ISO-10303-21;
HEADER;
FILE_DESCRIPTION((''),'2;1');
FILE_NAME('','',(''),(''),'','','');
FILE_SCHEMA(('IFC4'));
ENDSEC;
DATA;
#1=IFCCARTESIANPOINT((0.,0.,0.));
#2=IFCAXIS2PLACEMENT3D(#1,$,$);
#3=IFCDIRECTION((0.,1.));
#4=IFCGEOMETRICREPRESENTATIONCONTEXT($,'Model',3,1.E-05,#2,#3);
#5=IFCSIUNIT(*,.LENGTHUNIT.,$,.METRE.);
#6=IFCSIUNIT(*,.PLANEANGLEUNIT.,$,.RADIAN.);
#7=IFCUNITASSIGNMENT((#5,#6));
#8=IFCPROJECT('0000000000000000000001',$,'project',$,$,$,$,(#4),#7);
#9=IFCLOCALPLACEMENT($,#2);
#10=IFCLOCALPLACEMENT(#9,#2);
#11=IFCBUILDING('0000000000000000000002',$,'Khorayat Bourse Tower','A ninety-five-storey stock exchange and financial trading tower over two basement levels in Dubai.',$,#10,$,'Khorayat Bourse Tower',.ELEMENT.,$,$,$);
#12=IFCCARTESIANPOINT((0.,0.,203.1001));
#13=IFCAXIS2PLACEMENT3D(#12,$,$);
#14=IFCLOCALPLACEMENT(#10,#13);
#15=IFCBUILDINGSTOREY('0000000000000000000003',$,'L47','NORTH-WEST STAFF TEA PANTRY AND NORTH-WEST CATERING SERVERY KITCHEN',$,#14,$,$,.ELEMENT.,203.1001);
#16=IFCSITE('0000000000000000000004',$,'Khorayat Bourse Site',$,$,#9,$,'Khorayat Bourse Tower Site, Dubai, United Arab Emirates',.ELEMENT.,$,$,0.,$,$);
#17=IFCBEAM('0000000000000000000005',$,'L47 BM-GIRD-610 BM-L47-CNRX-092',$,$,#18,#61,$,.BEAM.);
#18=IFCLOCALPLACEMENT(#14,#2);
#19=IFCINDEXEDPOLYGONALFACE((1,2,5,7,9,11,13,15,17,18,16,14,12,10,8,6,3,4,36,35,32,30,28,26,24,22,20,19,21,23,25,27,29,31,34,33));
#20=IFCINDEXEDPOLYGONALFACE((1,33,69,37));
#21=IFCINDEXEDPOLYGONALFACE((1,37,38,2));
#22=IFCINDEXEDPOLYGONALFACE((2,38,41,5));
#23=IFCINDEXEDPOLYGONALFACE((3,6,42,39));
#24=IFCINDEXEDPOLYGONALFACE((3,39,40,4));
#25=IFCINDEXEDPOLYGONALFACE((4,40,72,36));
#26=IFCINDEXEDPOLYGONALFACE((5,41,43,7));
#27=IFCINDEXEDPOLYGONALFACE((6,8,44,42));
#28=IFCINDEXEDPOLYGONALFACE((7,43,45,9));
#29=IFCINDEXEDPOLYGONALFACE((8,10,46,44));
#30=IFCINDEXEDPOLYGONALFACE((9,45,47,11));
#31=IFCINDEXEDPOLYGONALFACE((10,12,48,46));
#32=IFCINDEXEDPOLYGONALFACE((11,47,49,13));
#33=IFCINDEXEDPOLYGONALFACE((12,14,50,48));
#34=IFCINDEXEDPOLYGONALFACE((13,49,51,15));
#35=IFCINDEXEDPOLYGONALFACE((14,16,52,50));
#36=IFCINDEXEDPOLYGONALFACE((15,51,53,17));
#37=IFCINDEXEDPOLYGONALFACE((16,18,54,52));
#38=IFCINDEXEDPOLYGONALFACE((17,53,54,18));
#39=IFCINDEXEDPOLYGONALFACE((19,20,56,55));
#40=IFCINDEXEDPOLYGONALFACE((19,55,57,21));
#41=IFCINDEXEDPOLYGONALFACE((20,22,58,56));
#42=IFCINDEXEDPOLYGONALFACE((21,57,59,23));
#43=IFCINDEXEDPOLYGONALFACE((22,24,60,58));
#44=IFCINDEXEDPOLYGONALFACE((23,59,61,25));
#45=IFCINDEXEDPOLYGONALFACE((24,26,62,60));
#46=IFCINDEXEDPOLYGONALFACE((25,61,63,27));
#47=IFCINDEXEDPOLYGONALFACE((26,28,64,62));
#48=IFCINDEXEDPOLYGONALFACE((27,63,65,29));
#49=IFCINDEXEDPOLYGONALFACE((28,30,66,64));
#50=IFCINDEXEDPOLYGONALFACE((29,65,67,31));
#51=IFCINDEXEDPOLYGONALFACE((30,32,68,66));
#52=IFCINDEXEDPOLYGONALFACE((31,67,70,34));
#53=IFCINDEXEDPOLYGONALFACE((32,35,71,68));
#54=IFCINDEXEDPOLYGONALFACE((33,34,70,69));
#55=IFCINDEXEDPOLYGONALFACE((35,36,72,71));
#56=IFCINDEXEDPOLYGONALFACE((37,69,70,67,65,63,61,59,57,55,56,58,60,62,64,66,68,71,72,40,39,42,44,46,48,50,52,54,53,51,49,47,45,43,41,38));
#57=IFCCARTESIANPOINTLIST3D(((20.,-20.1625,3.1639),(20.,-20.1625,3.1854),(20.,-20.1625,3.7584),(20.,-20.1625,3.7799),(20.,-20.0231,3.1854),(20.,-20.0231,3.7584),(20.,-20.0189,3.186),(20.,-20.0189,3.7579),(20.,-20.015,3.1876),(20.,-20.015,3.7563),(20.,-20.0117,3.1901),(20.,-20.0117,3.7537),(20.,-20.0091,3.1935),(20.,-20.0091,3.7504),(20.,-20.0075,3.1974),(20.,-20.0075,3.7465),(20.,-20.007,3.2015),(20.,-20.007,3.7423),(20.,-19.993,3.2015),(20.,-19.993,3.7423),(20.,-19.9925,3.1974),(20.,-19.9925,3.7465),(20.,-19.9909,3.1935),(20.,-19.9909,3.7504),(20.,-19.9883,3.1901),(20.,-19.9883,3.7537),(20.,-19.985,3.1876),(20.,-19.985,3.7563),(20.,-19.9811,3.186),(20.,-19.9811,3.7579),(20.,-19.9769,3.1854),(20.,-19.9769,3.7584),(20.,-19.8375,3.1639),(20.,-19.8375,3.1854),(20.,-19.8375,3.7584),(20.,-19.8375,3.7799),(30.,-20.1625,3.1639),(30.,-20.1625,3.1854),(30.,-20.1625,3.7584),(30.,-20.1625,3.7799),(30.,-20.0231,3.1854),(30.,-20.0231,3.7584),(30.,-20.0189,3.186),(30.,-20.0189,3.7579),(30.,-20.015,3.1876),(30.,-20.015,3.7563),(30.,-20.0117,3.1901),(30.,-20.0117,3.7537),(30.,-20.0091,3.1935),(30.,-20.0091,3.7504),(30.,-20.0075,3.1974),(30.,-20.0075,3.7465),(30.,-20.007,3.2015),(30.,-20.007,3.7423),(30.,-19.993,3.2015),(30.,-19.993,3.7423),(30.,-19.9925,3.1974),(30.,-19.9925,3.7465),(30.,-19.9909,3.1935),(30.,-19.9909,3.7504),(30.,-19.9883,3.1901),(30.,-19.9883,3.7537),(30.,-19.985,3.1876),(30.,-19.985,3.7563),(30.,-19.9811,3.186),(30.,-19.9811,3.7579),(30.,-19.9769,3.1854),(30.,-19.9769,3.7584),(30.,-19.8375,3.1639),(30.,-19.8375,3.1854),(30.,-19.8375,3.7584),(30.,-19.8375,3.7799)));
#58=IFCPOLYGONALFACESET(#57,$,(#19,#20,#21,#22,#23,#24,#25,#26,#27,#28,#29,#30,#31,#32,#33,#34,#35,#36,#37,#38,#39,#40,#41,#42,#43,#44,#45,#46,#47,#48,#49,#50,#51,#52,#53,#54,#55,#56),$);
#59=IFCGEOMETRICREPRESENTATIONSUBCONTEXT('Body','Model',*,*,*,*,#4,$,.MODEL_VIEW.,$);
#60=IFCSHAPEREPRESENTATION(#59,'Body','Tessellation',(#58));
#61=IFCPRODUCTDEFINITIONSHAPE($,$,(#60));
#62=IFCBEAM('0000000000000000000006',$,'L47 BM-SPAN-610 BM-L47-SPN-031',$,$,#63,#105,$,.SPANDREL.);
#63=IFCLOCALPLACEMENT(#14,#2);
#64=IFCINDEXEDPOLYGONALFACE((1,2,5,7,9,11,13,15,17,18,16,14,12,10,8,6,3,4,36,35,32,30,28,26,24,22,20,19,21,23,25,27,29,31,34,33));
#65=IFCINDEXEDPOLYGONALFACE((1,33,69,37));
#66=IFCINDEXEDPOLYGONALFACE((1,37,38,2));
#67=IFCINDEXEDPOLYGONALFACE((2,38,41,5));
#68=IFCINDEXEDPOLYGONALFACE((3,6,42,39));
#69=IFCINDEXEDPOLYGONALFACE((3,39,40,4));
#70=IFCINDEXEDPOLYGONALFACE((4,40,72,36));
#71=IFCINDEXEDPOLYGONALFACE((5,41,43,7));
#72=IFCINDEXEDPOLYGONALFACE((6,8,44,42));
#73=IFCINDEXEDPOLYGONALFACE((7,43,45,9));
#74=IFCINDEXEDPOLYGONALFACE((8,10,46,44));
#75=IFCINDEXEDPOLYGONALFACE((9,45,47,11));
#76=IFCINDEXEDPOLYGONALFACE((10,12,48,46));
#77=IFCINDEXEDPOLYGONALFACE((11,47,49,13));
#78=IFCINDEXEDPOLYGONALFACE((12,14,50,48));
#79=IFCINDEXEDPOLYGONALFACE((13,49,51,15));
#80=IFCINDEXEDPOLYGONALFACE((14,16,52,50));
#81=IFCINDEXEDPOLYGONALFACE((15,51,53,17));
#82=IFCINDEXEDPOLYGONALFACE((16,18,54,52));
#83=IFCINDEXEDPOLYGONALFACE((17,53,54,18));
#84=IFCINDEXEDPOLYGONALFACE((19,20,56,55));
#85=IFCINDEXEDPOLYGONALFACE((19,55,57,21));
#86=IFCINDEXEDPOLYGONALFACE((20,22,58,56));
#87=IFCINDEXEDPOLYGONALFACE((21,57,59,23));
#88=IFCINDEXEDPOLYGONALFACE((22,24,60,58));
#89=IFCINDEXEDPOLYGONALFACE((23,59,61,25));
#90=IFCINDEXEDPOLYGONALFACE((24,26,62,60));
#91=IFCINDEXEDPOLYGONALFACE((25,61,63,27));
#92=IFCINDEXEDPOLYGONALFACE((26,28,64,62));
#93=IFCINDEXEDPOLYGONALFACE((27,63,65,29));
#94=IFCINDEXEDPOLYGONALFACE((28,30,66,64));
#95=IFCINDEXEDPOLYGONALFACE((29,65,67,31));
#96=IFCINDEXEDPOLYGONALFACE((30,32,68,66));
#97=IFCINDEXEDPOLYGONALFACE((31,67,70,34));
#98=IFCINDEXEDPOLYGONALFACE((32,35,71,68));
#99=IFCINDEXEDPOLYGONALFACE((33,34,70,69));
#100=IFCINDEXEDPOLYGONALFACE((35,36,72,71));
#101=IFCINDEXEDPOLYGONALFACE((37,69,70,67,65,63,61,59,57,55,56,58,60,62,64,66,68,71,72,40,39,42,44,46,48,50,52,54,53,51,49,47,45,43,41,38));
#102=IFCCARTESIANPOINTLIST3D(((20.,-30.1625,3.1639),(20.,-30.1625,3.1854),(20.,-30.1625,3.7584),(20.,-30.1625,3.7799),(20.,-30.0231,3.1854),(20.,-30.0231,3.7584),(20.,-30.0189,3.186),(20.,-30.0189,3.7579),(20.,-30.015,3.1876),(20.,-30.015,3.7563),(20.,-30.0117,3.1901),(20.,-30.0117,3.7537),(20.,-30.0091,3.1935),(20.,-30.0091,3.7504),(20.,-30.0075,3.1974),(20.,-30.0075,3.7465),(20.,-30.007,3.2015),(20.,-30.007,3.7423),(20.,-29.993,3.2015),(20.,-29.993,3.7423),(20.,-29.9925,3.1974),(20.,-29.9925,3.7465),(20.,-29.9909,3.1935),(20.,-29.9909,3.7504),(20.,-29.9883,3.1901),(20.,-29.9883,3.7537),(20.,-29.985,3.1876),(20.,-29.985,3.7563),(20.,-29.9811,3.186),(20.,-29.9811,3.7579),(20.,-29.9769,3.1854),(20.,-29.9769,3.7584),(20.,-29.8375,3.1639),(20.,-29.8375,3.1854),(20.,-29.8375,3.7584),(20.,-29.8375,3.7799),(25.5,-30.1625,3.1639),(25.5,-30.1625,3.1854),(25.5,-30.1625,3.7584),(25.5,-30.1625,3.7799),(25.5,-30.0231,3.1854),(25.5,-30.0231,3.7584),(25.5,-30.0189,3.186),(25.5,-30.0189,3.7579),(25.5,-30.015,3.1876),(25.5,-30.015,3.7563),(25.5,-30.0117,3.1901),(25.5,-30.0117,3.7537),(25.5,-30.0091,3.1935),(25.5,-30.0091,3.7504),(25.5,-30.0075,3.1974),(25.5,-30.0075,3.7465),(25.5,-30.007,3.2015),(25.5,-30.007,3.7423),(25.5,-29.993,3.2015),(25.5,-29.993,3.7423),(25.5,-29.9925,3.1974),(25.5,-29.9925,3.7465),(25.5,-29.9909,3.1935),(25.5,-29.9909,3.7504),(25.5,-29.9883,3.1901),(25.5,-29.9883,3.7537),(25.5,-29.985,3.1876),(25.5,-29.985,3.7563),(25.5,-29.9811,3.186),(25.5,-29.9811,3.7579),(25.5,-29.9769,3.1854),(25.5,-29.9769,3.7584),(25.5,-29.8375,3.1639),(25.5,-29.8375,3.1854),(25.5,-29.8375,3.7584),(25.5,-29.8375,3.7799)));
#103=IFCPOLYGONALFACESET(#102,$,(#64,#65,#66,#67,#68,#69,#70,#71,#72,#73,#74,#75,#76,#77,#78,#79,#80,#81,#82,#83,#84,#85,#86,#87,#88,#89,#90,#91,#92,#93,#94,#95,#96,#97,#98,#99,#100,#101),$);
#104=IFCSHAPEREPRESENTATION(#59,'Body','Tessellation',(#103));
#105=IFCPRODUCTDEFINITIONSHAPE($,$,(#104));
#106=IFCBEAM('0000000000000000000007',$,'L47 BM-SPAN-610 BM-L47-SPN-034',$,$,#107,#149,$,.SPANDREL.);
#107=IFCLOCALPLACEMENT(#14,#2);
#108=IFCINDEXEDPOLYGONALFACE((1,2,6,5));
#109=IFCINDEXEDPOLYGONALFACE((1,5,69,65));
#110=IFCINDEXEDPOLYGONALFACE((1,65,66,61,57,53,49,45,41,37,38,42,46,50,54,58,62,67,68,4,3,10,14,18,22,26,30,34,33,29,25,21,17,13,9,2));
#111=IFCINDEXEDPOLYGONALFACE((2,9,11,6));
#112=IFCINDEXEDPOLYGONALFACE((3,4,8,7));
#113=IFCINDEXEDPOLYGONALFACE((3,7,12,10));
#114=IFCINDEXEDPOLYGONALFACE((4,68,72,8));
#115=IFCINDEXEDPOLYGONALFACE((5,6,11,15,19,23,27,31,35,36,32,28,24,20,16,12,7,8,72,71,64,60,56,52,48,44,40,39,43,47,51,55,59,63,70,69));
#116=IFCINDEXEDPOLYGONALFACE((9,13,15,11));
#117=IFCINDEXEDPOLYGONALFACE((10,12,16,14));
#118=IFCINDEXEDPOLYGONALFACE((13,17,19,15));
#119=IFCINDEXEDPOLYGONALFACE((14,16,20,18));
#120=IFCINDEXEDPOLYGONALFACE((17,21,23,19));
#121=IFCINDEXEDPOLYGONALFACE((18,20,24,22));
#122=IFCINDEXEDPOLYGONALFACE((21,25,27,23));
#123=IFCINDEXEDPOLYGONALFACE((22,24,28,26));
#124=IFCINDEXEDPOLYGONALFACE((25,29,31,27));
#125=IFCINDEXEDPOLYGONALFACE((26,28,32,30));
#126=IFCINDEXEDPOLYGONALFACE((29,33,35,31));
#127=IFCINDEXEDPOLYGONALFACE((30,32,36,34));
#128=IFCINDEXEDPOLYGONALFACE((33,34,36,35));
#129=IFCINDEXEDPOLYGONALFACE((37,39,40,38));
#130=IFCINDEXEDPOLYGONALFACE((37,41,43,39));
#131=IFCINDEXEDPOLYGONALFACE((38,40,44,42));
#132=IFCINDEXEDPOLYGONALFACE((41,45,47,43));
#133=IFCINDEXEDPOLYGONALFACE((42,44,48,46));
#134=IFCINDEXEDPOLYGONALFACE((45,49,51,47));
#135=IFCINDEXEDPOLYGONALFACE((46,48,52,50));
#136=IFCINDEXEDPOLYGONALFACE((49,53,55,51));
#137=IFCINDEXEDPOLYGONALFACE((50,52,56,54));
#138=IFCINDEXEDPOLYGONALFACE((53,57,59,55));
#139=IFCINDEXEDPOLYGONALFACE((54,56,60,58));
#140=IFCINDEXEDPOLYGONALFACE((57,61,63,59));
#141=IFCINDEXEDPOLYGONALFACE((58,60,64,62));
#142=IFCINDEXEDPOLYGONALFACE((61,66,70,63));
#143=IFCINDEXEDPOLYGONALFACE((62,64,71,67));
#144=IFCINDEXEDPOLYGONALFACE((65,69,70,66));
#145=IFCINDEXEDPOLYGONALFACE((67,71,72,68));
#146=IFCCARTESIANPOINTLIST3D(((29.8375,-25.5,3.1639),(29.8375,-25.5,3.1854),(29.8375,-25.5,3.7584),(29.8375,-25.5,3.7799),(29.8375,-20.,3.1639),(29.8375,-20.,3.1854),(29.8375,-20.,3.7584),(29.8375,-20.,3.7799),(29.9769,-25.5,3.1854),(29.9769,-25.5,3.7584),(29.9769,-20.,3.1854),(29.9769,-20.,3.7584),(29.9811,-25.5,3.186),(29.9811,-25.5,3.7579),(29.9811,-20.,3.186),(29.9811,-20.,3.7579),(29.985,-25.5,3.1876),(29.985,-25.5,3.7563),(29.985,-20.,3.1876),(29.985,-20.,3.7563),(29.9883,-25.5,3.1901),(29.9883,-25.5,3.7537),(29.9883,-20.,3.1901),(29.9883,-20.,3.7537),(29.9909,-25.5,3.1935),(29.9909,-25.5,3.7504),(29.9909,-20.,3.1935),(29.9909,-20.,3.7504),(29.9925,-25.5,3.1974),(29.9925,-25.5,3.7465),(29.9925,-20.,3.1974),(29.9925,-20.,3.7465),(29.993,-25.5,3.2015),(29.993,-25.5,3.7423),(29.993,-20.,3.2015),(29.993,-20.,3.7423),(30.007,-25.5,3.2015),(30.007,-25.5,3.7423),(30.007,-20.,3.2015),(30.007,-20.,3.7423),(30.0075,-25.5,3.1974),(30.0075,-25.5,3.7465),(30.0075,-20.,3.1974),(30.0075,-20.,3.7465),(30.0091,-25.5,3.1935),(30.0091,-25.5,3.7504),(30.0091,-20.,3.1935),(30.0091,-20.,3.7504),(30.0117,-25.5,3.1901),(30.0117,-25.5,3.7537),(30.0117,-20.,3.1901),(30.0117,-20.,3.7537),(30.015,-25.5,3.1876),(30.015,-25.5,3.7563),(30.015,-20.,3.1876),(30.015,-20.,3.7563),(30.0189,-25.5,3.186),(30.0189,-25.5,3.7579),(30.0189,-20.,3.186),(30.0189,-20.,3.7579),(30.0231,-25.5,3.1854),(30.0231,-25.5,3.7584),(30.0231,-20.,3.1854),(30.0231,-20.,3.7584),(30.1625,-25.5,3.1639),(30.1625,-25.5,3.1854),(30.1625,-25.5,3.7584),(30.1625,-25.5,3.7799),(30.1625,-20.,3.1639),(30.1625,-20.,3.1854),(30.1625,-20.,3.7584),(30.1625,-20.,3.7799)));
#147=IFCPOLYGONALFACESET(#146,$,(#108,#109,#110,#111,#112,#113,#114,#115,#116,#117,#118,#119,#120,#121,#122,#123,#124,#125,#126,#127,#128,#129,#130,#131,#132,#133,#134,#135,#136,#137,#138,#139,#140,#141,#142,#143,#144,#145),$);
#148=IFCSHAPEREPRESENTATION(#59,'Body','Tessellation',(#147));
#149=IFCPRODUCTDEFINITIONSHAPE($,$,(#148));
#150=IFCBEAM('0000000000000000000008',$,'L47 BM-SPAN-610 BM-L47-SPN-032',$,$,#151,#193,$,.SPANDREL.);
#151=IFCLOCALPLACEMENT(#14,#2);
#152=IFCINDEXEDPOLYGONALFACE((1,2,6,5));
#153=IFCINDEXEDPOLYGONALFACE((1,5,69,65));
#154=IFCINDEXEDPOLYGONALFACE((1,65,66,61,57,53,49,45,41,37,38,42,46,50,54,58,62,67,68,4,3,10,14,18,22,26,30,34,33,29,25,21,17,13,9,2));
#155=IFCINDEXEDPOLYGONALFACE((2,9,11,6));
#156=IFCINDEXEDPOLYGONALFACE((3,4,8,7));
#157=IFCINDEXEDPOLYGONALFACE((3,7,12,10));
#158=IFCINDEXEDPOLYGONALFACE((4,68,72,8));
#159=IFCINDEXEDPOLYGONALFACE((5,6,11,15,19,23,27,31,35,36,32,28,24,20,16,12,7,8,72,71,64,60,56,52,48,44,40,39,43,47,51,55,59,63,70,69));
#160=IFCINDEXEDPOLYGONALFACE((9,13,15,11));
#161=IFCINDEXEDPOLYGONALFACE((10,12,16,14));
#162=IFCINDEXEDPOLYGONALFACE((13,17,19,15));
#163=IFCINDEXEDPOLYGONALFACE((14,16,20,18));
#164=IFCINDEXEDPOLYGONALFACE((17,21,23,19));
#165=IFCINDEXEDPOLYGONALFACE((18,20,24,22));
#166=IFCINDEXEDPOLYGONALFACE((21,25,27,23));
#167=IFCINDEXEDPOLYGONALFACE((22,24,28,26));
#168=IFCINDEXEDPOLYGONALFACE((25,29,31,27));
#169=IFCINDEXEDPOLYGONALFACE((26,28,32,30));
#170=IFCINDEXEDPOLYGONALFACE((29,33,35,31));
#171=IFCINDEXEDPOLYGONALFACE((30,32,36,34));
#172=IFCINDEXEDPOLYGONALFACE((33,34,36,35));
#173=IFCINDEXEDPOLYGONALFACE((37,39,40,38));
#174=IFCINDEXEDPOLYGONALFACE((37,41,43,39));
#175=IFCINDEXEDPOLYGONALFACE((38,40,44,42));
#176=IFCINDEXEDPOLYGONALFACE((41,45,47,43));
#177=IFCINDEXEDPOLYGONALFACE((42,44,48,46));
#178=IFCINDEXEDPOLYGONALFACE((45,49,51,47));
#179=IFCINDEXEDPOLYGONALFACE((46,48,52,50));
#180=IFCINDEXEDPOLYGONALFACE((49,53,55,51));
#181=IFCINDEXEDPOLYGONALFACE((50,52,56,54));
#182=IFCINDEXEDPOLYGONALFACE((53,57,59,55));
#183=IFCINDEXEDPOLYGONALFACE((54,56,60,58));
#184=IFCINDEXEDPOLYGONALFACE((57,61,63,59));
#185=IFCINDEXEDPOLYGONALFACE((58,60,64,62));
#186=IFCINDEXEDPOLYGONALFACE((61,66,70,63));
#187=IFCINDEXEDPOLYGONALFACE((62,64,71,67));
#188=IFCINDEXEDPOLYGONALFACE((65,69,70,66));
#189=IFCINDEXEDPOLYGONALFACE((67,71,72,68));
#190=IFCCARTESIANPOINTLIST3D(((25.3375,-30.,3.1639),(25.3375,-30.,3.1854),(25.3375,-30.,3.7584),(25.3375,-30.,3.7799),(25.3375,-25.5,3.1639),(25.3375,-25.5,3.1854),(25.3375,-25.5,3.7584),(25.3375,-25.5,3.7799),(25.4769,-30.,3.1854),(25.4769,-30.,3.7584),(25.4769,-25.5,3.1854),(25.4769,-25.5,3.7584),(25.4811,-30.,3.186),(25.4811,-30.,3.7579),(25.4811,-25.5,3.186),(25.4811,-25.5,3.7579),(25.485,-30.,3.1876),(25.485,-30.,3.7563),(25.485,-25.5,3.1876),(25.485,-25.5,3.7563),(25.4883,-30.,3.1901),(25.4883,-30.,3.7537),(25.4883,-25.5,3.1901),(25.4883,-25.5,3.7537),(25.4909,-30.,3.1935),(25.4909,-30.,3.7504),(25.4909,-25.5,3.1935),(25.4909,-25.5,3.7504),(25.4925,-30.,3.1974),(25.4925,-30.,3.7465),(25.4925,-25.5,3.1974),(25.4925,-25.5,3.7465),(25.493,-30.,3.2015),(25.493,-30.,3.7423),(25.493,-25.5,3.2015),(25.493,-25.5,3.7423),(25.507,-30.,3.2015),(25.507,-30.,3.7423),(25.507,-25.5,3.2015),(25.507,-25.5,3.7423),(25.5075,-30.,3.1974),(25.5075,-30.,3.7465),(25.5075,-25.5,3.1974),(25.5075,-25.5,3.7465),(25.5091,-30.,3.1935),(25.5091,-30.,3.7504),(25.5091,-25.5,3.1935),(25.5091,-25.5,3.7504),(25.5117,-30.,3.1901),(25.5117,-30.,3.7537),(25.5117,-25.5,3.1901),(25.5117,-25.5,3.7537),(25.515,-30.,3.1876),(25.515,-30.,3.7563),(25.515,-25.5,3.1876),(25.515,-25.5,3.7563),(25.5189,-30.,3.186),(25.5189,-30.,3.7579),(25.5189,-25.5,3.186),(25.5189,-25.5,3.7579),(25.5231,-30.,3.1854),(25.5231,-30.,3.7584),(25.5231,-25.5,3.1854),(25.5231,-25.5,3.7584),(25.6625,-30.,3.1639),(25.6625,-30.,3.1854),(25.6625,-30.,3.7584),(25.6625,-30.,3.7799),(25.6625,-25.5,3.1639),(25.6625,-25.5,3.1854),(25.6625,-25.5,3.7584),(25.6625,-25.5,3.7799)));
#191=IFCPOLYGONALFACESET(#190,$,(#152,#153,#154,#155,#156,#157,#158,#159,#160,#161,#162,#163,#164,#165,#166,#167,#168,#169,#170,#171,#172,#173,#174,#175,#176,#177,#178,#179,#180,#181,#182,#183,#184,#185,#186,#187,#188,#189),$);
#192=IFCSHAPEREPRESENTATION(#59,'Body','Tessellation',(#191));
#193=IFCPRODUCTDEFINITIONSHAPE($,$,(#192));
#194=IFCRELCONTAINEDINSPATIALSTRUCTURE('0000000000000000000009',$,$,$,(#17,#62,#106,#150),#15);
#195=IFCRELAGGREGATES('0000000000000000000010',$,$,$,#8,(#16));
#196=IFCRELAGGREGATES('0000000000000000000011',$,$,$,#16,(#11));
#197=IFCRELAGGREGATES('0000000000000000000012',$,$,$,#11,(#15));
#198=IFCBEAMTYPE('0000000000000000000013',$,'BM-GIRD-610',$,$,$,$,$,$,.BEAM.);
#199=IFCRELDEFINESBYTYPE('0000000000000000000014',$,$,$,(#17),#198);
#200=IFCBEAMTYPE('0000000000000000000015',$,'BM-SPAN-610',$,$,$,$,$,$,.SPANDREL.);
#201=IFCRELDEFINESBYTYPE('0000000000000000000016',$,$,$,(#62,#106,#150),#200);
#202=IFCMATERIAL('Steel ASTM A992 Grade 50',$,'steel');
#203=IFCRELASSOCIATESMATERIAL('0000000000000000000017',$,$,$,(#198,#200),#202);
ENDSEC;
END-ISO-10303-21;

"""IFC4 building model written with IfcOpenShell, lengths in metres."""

from ifc_helpers import new_model, si_unit, direction, frame, origin, origin_2d, place, context, subcontext, project, spatial, i_section, extrude, source, transform, mapped, material, material_profile, profile_set, type_object, element, save


model = new_model("IFC4")

# Units and contexts
model_context = context("Model", 3, precision=1e-05, world=origin(), true_north=direction((0.0, 1.0)))
body_context = subcontext(model_context, "Body", "Model", "MODEL_VIEW")
ifc_project = project(units=[si_unit("LENGTHUNIT", "METRE"), si_unit("PLANEANGLEUNIT", "RADIAN")], contexts=[model_context])

# Site, building, storey
site_placement = place(None, origin())
site = spatial("IfcSite", under=ifc_project, at=site_placement, Name="Khorayat Bourse Site", LongName="Khorayat Bourse Tower Site, Dubai, United Arab Emirates", CompositionType="ELEMENT", RefElevation=0.0)
building_placement = place(site_placement, origin())
building = spatial("IfcBuilding", under=site, at=building_placement, Name="Khorayat Bourse Tower", Description="A ninety-five-storey stock exchange and financial trading tower over two basement levels in Dubai.", LongName="Khorayat Bourse Tower", CompositionType="ELEMENT")
storey_placement = place(building_placement, frame((0.0, 0.0, 203.1001)))
storey = spatial("IfcBuildingStorey", under=building, at=storey_placement, Name="L47", Description="NORTH-WEST STAFF TEA PANTRY AND NORTH-WEST CATERING SERVERY KITCHEN", CompositionType="ELEMENT", Elevation=203.1001)

# Beams
ifc_material_1 = material(Name="Steel ASTM A992 Grade 50", Category="steel")
ifc_material_profile_1 = material_profile(ifc_material_1, i_section(OverallWidth=0.325, OverallDepth=0.616, WebThickness=0.0139, FlangeThickness=0.0215, FilletRadius=0.0161, at=origin_2d()), Name="W610X174")
ifc_profile_set_1 = profile_set([ifc_material_profile_1], Name="Steel ASTM A992 Grade 50")
beam_type_1 = type_object("IfcBeamType", Name="BM-GIRD-610", PredefinedType="BEAM", material=ifc_profile_set_1)
shared_shape_1 = source(origin(), body_context, "Body", "SweptSolid", [
    extrude(i_section(OverallWidth=0.325, OverallDepth=0.616, WebThickness=0.0139, FlangeThickness=0.0215, FilletRadius=0.0161, at=origin_2d()), origin(), (0.0, 0.0, 1.0), 10.0),
])
beam_1_placement = place(storey_placement, frame((20.0, -20.0, 3.4719), z_axis=(1.0, 0.0, 0.0), x_axis=(0.0, 1.0, 0.0)))
element("IfcBeam", 1, at=beam_1_placement, inside=storey, type_object=beam_type_1, Name="L47 BM-GIRD-610 BM-L47-CNRX-092", PredefinedType="BEAM", context=body_context, shape_type="MappedRepresentation", body=[
    mapped(shared_shape_1, transform((0.0, 0.0, 0.0), scale=1.0)),
])
ifc_material_profile_2 = material_profile(ifc_material_1, i_section(OverallWidth=0.325, OverallDepth=0.616, WebThickness=0.0139, FlangeThickness=0.0215, FilletRadius=0.0161, at=origin_2d()), Name="W610X174")
ifc_profile_set_2 = profile_set([ifc_material_profile_2], Name="Steel ASTM A992 Grade 50")
beam_type_2 = type_object("IfcBeamType", Name="BM-SPAN-610", PredefinedType="SPANDREL", material=ifc_profile_set_2)
shared_shape_2 = source(origin(), body_context, "Body", "SweptSolid", [
    extrude(i_section(OverallWidth=0.325, OverallDepth=0.616, WebThickness=0.0139, FlangeThickness=0.0215, FilletRadius=0.0161, at=origin_2d()), origin(), (0.0, 0.0, 1.0), 5.5),
])
for number, where, z_axis, x_axis, name in (
    (2, (20.0, -30.0, 3.4719), (1.0, 0.0, 0.0), (0.0, 1.0, 0.0), "L47 BM-SPAN-610 BM-L47-SPN-031"),
    (3, (30.0, -25.5, 3.4719), (0.0, 1.0, 0.0), (-1.0, 0.0, 0.0), "L47 BM-SPAN-610 BM-L47-SPN-034"),
):
    element("IfcBeam", number, at=place(storey_placement, frame(where, z_axis=z_axis, x_axis=x_axis)), inside=storey, type_object=beam_type_2, Name=name, PredefinedType="SPANDREL", context=body_context, shape_type="MappedRepresentation", body=[
        mapped(shared_shape_2, transform((0.0, 0.0, 0.0), scale=1.0)),
    ])
shared_shape_3 = source(origin(), body_context, "Body", "SweptSolid", [
    extrude(i_section(OverallWidth=0.325, OverallDepth=0.616, WebThickness=0.0139, FlangeThickness=0.0215, FilletRadius=0.0161, at=origin_2d()), origin(), (0.0, 0.0, 1.0), 4.5),
])
for number, where, z_axis, x_axis, name in (
    (4, (25.5, -30.0, 3.4719), (0.0, 1.0, 0.0), (-1.0, 0.0, 0.0), "L47 BM-SPAN-610 BM-L47-SPN-032"),
):
    element("IfcBeam", number, at=place(storey_placement, frame(where, z_axis=z_axis, x_axis=x_axis)), inside=storey, type_object=beam_type_2, Name=name, PredefinedType="SPANDREL", context=body_context, shape_type="MappedRepresentation", body=[
        mapped(shared_shape_3, transform((0.0, 0.0, 0.0), scale=1.0)),
    ])

save(model, "model.ifc")
